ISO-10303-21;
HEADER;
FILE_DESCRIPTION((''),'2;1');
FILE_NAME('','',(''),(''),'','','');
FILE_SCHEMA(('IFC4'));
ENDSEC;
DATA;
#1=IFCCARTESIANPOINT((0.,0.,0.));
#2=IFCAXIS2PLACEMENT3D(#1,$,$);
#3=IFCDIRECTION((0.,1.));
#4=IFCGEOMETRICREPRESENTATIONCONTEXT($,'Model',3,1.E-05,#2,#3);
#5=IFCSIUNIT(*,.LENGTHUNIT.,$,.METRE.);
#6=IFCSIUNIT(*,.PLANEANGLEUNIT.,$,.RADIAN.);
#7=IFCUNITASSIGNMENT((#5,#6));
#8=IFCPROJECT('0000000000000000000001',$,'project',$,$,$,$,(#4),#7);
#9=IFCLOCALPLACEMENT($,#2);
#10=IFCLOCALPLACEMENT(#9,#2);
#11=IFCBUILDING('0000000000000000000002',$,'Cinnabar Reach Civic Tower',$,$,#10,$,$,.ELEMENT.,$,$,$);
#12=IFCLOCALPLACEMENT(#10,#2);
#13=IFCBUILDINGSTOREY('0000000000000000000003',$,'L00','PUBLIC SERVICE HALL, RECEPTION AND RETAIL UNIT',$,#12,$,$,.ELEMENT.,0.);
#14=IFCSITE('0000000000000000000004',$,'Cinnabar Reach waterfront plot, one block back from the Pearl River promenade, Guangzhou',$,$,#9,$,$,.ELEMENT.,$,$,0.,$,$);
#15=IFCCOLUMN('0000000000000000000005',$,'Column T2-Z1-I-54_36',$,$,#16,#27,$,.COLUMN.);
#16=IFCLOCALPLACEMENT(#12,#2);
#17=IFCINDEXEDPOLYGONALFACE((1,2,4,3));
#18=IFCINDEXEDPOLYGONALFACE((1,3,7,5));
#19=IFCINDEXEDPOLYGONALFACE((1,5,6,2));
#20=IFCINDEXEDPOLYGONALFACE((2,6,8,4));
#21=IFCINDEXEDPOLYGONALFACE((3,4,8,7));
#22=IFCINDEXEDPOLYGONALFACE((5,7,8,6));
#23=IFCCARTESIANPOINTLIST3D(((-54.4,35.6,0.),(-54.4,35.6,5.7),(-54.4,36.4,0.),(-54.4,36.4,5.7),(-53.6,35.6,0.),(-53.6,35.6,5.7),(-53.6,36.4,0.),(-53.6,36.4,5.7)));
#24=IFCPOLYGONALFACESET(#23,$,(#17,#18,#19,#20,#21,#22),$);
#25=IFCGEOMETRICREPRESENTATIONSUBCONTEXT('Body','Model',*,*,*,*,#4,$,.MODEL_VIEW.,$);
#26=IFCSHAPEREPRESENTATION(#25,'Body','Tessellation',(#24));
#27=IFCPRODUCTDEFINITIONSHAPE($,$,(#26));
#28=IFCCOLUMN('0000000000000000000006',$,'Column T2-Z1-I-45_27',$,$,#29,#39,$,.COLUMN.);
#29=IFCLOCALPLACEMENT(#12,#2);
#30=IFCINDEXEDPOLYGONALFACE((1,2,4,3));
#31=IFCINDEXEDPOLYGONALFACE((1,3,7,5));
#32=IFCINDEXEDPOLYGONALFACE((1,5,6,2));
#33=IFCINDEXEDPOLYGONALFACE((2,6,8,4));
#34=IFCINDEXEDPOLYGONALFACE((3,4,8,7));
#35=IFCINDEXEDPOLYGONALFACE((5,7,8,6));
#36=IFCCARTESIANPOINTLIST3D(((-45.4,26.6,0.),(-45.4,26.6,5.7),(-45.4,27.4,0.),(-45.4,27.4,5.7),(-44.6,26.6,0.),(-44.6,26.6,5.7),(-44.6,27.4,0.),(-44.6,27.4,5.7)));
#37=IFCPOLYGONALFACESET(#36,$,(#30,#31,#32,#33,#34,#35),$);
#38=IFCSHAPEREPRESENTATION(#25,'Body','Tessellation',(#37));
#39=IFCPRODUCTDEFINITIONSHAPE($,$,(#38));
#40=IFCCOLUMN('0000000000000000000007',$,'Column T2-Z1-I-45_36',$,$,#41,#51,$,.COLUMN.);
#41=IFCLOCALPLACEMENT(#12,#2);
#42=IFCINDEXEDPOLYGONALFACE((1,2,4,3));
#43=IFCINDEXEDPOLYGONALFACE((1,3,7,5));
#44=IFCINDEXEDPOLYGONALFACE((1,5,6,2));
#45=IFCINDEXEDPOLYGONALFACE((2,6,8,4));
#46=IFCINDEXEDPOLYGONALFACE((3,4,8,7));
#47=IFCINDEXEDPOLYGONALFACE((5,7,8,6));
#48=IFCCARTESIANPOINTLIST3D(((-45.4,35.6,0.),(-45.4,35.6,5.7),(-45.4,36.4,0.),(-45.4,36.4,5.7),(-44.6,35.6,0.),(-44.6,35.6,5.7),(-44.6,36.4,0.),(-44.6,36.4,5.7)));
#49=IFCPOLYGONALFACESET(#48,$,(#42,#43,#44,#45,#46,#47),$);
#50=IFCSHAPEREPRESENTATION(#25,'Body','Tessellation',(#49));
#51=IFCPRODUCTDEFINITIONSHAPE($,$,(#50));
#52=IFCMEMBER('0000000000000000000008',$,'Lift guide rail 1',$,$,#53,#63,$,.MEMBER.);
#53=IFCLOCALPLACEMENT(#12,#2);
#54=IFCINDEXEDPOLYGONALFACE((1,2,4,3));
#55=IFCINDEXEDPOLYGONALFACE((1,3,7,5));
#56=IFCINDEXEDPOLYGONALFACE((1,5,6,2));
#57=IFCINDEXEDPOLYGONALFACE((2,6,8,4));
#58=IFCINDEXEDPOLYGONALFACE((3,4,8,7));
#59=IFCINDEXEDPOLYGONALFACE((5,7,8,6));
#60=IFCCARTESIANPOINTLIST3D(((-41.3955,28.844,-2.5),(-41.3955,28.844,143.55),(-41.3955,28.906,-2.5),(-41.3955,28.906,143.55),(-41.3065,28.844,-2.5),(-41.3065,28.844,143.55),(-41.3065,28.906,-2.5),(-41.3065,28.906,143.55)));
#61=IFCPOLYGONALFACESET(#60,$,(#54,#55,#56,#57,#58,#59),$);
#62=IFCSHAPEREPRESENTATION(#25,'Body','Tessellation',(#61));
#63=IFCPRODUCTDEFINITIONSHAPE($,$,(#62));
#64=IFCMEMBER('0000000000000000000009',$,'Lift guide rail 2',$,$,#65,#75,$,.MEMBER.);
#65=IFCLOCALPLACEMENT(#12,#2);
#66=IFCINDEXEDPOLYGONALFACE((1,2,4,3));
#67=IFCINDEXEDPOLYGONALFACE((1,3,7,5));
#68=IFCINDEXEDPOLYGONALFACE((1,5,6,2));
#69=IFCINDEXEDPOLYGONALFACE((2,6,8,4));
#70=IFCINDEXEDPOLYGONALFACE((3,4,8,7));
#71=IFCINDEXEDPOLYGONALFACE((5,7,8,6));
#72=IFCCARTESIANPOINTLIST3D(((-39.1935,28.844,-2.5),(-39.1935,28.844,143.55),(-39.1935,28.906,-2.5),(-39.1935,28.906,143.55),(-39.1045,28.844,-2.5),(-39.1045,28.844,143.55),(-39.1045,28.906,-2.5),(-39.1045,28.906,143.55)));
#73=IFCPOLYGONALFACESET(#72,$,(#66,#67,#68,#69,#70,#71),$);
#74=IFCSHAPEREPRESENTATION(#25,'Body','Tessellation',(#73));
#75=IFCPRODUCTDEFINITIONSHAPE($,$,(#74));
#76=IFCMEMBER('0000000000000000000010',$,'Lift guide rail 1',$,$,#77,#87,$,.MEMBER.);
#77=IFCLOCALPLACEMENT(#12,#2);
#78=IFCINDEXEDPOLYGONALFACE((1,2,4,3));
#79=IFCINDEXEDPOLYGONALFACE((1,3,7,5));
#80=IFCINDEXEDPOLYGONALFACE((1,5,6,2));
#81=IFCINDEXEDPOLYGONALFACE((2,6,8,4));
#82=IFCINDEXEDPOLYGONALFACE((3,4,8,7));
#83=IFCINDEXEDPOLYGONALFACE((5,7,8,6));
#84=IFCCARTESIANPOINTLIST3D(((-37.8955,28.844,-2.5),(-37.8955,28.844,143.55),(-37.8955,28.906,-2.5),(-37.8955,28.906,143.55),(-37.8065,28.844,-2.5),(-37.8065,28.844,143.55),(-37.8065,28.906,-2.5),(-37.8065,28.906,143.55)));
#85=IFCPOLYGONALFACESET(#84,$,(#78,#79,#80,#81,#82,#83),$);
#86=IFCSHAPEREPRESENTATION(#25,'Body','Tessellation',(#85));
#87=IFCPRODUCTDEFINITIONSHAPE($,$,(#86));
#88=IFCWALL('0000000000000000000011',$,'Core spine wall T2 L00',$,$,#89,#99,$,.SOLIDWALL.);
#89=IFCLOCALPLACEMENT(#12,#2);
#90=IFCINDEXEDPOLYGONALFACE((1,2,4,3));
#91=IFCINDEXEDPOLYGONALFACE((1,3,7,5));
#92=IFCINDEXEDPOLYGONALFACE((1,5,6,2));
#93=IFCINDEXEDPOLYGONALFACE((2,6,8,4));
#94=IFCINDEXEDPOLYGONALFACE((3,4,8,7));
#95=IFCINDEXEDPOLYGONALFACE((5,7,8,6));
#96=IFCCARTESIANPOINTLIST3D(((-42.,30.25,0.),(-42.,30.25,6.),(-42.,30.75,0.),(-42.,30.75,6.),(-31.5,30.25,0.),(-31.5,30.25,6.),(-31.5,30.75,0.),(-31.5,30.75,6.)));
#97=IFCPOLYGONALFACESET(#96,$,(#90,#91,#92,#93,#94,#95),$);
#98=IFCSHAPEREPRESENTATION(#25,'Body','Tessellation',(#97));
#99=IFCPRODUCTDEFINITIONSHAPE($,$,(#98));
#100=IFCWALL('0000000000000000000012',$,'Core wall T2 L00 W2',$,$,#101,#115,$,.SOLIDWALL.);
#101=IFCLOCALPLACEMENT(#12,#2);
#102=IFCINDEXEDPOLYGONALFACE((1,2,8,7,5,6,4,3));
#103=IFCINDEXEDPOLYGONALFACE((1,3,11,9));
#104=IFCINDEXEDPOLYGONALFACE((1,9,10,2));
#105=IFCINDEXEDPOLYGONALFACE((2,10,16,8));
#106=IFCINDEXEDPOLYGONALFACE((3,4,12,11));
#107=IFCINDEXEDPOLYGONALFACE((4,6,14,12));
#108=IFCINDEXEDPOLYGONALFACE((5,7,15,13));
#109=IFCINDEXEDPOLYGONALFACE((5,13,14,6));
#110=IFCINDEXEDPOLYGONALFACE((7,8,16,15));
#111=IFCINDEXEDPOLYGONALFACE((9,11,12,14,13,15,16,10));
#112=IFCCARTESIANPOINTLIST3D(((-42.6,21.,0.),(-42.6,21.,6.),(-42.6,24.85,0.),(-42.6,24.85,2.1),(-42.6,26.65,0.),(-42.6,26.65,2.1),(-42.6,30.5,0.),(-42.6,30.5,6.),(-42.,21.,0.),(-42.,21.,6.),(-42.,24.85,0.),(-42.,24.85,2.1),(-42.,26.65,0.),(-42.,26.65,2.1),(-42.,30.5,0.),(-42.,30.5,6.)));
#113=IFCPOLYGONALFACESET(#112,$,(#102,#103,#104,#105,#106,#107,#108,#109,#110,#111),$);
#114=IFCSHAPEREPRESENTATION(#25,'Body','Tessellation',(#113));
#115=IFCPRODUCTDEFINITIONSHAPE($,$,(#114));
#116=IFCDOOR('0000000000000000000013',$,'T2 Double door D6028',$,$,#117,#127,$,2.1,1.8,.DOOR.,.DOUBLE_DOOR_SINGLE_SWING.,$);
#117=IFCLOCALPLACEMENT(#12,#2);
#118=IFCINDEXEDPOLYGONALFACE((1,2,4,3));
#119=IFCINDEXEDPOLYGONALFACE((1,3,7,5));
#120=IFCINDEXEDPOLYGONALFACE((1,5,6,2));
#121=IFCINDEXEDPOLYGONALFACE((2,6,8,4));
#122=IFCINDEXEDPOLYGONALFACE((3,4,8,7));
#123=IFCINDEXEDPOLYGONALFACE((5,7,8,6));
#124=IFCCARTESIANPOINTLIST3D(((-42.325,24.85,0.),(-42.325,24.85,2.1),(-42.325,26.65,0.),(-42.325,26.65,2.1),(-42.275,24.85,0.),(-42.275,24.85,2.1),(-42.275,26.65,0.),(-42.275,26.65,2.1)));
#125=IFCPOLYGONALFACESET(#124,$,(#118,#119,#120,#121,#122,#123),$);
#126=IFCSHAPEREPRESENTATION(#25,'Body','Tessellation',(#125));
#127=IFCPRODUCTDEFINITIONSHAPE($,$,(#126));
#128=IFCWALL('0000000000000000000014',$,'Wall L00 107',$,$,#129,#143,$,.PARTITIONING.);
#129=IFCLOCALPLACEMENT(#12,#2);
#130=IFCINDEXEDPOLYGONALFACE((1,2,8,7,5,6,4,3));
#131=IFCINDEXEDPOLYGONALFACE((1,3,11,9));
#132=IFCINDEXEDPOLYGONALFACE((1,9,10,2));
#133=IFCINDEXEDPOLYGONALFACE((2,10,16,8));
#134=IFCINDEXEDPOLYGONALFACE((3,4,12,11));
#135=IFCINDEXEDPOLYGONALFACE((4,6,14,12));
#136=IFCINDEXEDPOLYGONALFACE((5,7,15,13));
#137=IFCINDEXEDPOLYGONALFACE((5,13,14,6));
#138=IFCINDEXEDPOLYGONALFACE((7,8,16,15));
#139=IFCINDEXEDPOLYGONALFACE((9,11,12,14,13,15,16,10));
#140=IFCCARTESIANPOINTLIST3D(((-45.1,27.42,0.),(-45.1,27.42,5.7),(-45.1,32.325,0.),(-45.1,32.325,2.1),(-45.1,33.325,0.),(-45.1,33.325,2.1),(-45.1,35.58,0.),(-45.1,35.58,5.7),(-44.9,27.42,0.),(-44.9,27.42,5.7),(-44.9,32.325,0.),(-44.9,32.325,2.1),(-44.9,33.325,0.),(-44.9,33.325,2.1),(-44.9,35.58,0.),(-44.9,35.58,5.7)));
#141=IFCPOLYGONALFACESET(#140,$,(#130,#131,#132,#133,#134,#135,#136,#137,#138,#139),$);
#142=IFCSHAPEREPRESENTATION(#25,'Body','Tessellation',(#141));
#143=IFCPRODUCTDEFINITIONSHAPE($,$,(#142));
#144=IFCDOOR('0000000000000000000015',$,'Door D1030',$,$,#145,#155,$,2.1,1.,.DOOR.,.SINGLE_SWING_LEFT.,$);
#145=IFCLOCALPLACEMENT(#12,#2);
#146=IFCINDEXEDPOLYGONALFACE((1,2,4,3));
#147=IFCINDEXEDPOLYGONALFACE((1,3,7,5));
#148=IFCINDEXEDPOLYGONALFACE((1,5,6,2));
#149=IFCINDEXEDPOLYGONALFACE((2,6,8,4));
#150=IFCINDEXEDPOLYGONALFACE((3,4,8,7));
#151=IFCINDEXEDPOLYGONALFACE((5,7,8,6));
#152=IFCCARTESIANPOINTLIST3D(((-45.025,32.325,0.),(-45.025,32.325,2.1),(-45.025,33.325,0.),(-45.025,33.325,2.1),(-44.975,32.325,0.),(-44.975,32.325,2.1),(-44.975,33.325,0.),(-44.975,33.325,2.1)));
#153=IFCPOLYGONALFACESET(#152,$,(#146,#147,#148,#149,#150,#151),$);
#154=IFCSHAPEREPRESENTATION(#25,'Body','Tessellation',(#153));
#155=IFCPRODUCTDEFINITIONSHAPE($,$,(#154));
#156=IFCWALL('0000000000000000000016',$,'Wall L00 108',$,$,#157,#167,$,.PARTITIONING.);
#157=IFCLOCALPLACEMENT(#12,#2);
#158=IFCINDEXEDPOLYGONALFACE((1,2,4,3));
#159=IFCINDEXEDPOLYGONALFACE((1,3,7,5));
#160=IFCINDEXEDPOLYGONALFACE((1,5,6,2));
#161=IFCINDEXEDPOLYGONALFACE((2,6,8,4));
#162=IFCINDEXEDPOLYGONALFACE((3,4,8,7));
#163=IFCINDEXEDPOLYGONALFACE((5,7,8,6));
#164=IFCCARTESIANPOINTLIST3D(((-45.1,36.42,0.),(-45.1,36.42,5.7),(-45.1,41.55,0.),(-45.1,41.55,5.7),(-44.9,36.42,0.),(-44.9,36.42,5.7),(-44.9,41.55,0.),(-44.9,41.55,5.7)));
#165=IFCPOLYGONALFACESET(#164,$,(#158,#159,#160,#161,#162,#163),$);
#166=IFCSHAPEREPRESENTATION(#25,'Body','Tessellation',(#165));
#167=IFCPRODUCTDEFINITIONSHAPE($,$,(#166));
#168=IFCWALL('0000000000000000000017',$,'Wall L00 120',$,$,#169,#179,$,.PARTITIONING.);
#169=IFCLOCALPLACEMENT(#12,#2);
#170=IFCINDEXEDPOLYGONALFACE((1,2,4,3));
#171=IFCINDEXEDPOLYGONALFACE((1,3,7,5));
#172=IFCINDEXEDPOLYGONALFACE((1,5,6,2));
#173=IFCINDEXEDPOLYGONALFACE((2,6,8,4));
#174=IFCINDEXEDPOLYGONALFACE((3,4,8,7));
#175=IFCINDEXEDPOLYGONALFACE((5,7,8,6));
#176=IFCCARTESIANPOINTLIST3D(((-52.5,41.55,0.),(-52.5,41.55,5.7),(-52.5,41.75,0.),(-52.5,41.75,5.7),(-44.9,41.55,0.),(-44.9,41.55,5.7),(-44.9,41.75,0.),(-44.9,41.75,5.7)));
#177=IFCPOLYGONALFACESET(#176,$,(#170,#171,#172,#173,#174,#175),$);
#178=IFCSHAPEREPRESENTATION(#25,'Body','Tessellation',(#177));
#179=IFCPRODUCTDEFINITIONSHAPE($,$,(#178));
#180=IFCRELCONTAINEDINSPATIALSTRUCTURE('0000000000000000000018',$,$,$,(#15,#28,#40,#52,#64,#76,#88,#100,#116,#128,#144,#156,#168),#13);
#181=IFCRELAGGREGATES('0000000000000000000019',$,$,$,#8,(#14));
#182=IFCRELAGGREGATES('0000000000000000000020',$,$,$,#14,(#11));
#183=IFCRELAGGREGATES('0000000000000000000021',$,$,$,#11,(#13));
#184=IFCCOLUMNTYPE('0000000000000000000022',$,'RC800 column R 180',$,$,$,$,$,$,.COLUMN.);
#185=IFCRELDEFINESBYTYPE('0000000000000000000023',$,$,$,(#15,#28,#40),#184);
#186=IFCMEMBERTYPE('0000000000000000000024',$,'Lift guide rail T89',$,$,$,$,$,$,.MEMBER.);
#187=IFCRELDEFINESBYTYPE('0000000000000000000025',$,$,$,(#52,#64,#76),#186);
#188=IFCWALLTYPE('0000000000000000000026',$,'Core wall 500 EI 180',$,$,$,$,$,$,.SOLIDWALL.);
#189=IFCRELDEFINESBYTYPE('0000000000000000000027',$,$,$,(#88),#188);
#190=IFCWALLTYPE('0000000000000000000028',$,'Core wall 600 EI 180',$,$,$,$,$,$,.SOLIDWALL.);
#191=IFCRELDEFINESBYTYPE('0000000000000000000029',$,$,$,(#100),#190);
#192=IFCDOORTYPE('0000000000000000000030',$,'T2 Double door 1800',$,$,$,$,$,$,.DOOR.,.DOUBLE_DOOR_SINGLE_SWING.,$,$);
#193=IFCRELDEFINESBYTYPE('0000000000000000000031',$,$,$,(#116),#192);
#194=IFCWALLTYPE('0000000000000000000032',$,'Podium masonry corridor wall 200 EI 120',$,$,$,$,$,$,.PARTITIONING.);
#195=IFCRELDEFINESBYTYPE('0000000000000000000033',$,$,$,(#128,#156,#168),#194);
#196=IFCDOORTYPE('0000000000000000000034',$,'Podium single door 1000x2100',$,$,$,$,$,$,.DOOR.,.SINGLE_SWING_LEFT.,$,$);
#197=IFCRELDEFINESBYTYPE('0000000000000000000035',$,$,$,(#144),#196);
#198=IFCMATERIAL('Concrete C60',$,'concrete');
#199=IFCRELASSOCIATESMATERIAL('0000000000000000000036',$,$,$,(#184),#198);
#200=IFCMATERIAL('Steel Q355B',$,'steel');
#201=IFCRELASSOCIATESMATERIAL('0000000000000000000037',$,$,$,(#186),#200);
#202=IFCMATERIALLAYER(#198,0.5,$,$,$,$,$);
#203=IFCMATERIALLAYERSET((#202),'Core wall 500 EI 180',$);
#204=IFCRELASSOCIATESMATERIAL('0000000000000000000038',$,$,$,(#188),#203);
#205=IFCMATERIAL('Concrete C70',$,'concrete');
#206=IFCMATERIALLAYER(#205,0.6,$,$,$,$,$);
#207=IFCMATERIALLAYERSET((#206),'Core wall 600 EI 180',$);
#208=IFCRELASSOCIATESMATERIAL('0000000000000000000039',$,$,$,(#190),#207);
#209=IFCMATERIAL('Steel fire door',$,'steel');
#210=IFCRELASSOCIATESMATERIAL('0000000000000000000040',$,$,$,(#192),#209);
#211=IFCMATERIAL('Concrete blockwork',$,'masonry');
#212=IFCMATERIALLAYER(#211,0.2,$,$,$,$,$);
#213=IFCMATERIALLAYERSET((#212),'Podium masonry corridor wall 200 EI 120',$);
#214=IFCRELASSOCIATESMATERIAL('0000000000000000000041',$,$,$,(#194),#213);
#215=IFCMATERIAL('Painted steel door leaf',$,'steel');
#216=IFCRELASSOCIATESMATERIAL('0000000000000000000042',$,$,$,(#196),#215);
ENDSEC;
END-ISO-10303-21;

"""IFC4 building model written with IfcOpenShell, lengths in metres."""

from ifc_helpers import new_model, si_unit, direction, frame, frame_2d, origin, origin_2d, place, context, subcontext, project, spatial, rectangle, extrude, material, layer, layer_set, material_profile, profile_set, type_object, element, fill, save


model = new_model("IFC4")

# Units and contexts
model_context = context("Model", 3, precision=1e-05, world=origin(), true_north=direction((0.0, 1.0)))
body_context = subcontext(model_context, "Body", "Model", "MODEL_VIEW")
ifc_project = project(units=[si_unit("LENGTHUNIT", "METRE"), si_unit("PLANEANGLEUNIT", "RADIAN")], contexts=[model_context])

# Site, building, storey
site_placement = place(None, origin())
site = spatial("IfcSite", under=ifc_project, at=site_placement, Name="Cinnabar Reach waterfront plot, one block back from the Pearl River promenade, Guangzhou", CompositionType="ELEMENT", RefElevation=0.0)
building_placement = place(site_placement, origin())
building = spatial("IfcBuilding", under=site, at=building_placement, Name="Cinnabar Reach Civic Tower", CompositionType="ELEMENT")
storey_placement = place(building_placement, origin())
storey = spatial("IfcBuildingStorey", under=building, at=storey_placement, Name="L00", Description="PUBLIC SERVICE HALL, RECEPTION AND RETAIL UNIT", CompositionType="ELEMENT", Elevation=0.0)

# Columns
ifc_material_1 = material(Name="Concrete C60", Category="concrete")
ifc_material_profile_1 = material_profile(ifc_material_1, rectangle(XDim=0.8, YDim=0.8, at=origin_2d()), Name="RC800")
ifc_profile_set_1 = profile_set([ifc_material_profile_1], Name="Concrete C60")
column_type = type_object("IfcColumnType", Name="RC800 column R 180", PredefinedType="COLUMN", material=ifc_profile_set_1)
for number, where, z_axis, x_axis, name in (
    (1, (-54.0, 36.0, 0.0), (0.0, 0.0, 1.0), (1.0, 0.0, 0.0), "Column T2-Z1-I-54_36"),
    (2, (-45.0, 27.0, 0.0), (0.0, 0.0, 1.0), (1.0, 0.0, 0.0), "Column T2-Z1-I-45_27"),
    (3, (-45.0, 36.0, 0.0), (0.0, 0.0, 1.0), (1.0, 0.0, 0.0), "Column T2-Z1-I-45_36"),
):
    element("IfcColumn", number, at=place(storey_placement, frame(where, z_axis=z_axis, x_axis=x_axis)), inside=storey, type_object=column_type, Name=name, PredefinedType="COLUMN", context=body_context, shape_type="SweptSolid", body=[
        extrude(rectangle(XDim=0.8, YDim=0.8, at=origin_2d()), origin(), (0.0, 0.0, 1.0), 5.7),
    ])

# Members
ifc_material_2 = material(Name="Steel Q355B", Category="steel")
ifc_material_profile_2 = material_profile(ifc_material_2, rectangle(XDim=0.089, YDim=0.062, at=origin_2d()), Name="T89")
ifc_profile_set_2 = profile_set([ifc_material_profile_2], Name="Steel Q355B")
member_type = type_object("IfcMemberType", Name="Lift guide rail T89", PredefinedType="MEMBER", material=ifc_profile_set_2)
for number, where, z_axis, x_axis, name in (
    (4, (-41.351, 28.875, -2.5), (0.0, 0.0, 1.0), (1.0, 0.0, 0.0), "Lift guide rail 1"),
    (5, (-39.149, 28.875, -2.5), (0.0, 0.0, 1.0), (1.0, 0.0, 0.0), "Lift guide rail 2"),
    (6, (-37.851, 28.875, -2.5), (0.0, 0.0, 1.0), (1.0, 0.0, 0.0), "Lift guide rail 1"),
):
    element("IfcMember", number, at=place(storey_placement, frame(where, z_axis=z_axis, x_axis=x_axis)), inside=storey, type_object=member_type, Name=name, PredefinedType="MEMBER", context=body_context, shape_type="SweptSolid", body=[
        extrude(rectangle(XDim=0.089, YDim=0.062, at=origin_2d()), origin(), (0.0, 0.0, 1.0), 146.05),
    ])

# Wall
ifc_layer_1 = layer(ifc_material_1, 0.5)
ifc_layer_set_1 = layer_set([ifc_layer_1], Name="Core wall 500 EI 180")
wall_type_1 = type_object("IfcWallType", Name="Core wall 500 EI 180", PredefinedType="SOLIDWALL", material=ifc_layer_set_1)
wall_1_placement = place(storey_placement, frame((-42.0, 30.5, 0.0), z_axis=(0.0, 0.0, 1.0), x_axis=(1.0, 0.0, 0.0)))
element("IfcWall", 7, at=wall_1_placement, inside=storey, type_object=wall_type_1, Name="Core spine wall T2 L00", PredefinedType="SOLIDWALL", context=body_context, shape_type="SweptSolid", body=[
    extrude(rectangle(XDim=10.5, YDim=0.5, at=frame_2d((5.25, 0.0))), origin(), (0.0, 0.0, 1.0), 6.0),
])

# Walls, openings, doors
ifc_material_3 = material(Name="Concrete C70", Category="concrete")
ifc_layer_2 = layer(ifc_material_3, 0.6)
ifc_layer_set_2 = layer_set([ifc_layer_2], Name="Core wall 600 EI 180")
wall_type_2 = type_object("IfcWallType", Name="Core wall 600 EI 180", PredefinedType="SOLIDWALL", material=ifc_layer_set_2)
wall_2_placement = place(storey_placement, frame((-42.3, 30.5, 0.0), z_axis=(0.0, 0.0, 1.0), x_axis=(0.0, -1.0, 0.0)))
wall_2 = element("IfcWall", 8, at=wall_2_placement, inside=storey, type_object=wall_type_2, Name="Core wall T2 L00 W2", PredefinedType="SOLIDWALL", context=body_context, shape_type="SweptSolid", body=[
    extrude(rectangle(XDim=9.5, YDim=0.6, at=frame_2d((4.75, 0.0))), origin(), (0.0, 0.0, 1.0), 6.0),
])
opening_1_placement = place(wall_2_placement, frame((3.85, 0.0, 0.0)))
opening_1 = element("IfcOpeningElement", 9, at=opening_1_placement, cuts=wall_2, PredefinedType="OPENING", context=body_context, shape_type="SweptSolid", body=[
    extrude(rectangle(XDim=1.8, YDim=2.1, at=frame_2d((0.9, 1.05))), frame((0.0, 0.31, 0.0), z_axis=(0.0, -1.0, 0.0), x_axis=(1.0, 0.0, 0.0)), (0.0, 0.0, 1.0), 0.62),
])
ifc_material_4 = material(Name="Steel fire door", Category="steel")
door_type_1 = type_object("IfcDoorType", Name="T2 Double door 1800", OperationType="DOUBLE_DOOR_SINGLE_SWING", PredefinedType="DOOR", material=ifc_material_4)
door_1_placement = place(opening_1_placement, origin())
door_1 = element("IfcDoor", 10, at=door_1_placement, inside=storey, type_object=door_type_1, Name="T2 Double door D6028", OperationType="DOUBLE_DOOR_SINGLE_SWING", OverallHeight=2.1, OverallWidth=1.8, PredefinedType="DOOR", context=body_context, shape_type="SweptSolid", body=[
    extrude(rectangle(XDim=1.8, YDim=2.1, at=frame_2d((0.9, 1.05))), frame((0.0, 0.025, 0.0), z_axis=(0.0, -1.0, 0.0), x_axis=(1.0, 0.0, 0.0)), (0.0, 0.0, 1.0), 0.05),
])
fill(opening_1, door_1)
ifc_material_5 = material(Name="Concrete blockwork", Category="masonry")
ifc_layer_3 = layer(ifc_material_5, 0.2)
ifc_layer_set_3 = layer_set([ifc_layer_3], Name="Podium masonry corridor wall 200 EI 120")
wall_type_3 = type_object("IfcWallType", Name="Podium masonry corridor wall 200 EI 120", PredefinedType="PARTITIONING", material=ifc_layer_set_3)
wall_3_placement = place(storey_placement, frame((-45.0, 27.42, 0.0), z_axis=(0.0, 0.0, 1.0), x_axis=(0.0, 1.0, 0.0)))
wall_3 = element("IfcWall", 11, at=wall_3_placement, inside=storey, type_object=wall_type_3, Name="Wall L00 107", PredefinedType="PARTITIONING", context=body_context, shape_type="SweptSolid", body=[
    extrude(rectangle(XDim=8.16, YDim=0.2, at=frame_2d((4.08, 0.0))), origin(), (0.0, 0.0, 1.0), 5.7),
])
opening_2_placement = place(wall_3_placement, frame((4.905, 0.0, 0.0)))
opening_2 = element("IfcOpeningElement", 12, at=opening_2_placement, cuts=wall_3, PredefinedType="OPENING", context=body_context, shape_type="SweptSolid", body=[
    extrude(rectangle(XDim=1.0, YDim=2.1, at=frame_2d((0.5, 1.05))), frame((0.0, 0.11, 0.0), z_axis=(0.0, -1.0, 0.0), x_axis=(1.0, 0.0, 0.0)), (0.0, 0.0, 1.0), 0.22),
])
ifc_material_6 = material(Name="Painted steel door leaf", Category="steel")
door_type_2 = type_object("IfcDoorType", Name="Podium single door 1000x2100", OperationType="SINGLE_SWING_LEFT", PredefinedType="DOOR", material=ifc_material_6)
door_2_placement = place(opening_2_placement, origin())
door_2 = element("IfcDoor", 13, at=door_2_placement, inside=storey, type_object=door_type_2, Name="Door D1030", OperationType="SINGLE_SWING_LEFT", OverallHeight=2.1, OverallWidth=1.0, PredefinedType="DOOR", context=body_context, shape_type="SweptSolid", body=[
    extrude(rectangle(XDim=1.0, YDim=2.1, at=frame_2d((0.5, 1.05))), frame((0.0, 0.025, 0.0), z_axis=(0.0, -1.0, 0.0), x_axis=(1.0, 0.0, 0.0)), (0.0, 0.0, 1.0), 0.05),
])
fill(opening_2, door_2)

# Walls
wall_4_placement = place(storey_placement, frame((-45.0, 36.42, 0.0), z_axis=(0.0, 0.0, 1.0), x_axis=(0.0, 1.0, 0.0)))
element("IfcWall", 14, at=wall_4_placement, inside=storey, type_object=wall_type_3, Name="Wall L00 108", PredefinedType="PARTITIONING", context=body_context, shape_type="SweptSolid", body=[
    extrude(rectangle(XDim=5.13, YDim=0.2, at=frame_2d((2.565, 0.0))), origin(), (0.0, 0.0, 1.0), 5.7),
])
wall_5_placement = place(storey_placement, frame((-52.5, 41.65, 0.0), z_axis=(0.0, 0.0, 1.0), x_axis=(1.0, 0.0, 0.0)))
element("IfcWall", 15, at=wall_5_placement, inside=storey, type_object=wall_type_3, Name="Wall L00 120", PredefinedType="PARTITIONING", context=body_context, shape_type="SweptSolid", body=[
    extrude(rectangle(XDim=7.6, YDim=0.2, at=frame_2d((3.8, 0.0))), origin(), (0.0, 0.0, 1.0), 5.7),
])

save(model, "model.ifc")
